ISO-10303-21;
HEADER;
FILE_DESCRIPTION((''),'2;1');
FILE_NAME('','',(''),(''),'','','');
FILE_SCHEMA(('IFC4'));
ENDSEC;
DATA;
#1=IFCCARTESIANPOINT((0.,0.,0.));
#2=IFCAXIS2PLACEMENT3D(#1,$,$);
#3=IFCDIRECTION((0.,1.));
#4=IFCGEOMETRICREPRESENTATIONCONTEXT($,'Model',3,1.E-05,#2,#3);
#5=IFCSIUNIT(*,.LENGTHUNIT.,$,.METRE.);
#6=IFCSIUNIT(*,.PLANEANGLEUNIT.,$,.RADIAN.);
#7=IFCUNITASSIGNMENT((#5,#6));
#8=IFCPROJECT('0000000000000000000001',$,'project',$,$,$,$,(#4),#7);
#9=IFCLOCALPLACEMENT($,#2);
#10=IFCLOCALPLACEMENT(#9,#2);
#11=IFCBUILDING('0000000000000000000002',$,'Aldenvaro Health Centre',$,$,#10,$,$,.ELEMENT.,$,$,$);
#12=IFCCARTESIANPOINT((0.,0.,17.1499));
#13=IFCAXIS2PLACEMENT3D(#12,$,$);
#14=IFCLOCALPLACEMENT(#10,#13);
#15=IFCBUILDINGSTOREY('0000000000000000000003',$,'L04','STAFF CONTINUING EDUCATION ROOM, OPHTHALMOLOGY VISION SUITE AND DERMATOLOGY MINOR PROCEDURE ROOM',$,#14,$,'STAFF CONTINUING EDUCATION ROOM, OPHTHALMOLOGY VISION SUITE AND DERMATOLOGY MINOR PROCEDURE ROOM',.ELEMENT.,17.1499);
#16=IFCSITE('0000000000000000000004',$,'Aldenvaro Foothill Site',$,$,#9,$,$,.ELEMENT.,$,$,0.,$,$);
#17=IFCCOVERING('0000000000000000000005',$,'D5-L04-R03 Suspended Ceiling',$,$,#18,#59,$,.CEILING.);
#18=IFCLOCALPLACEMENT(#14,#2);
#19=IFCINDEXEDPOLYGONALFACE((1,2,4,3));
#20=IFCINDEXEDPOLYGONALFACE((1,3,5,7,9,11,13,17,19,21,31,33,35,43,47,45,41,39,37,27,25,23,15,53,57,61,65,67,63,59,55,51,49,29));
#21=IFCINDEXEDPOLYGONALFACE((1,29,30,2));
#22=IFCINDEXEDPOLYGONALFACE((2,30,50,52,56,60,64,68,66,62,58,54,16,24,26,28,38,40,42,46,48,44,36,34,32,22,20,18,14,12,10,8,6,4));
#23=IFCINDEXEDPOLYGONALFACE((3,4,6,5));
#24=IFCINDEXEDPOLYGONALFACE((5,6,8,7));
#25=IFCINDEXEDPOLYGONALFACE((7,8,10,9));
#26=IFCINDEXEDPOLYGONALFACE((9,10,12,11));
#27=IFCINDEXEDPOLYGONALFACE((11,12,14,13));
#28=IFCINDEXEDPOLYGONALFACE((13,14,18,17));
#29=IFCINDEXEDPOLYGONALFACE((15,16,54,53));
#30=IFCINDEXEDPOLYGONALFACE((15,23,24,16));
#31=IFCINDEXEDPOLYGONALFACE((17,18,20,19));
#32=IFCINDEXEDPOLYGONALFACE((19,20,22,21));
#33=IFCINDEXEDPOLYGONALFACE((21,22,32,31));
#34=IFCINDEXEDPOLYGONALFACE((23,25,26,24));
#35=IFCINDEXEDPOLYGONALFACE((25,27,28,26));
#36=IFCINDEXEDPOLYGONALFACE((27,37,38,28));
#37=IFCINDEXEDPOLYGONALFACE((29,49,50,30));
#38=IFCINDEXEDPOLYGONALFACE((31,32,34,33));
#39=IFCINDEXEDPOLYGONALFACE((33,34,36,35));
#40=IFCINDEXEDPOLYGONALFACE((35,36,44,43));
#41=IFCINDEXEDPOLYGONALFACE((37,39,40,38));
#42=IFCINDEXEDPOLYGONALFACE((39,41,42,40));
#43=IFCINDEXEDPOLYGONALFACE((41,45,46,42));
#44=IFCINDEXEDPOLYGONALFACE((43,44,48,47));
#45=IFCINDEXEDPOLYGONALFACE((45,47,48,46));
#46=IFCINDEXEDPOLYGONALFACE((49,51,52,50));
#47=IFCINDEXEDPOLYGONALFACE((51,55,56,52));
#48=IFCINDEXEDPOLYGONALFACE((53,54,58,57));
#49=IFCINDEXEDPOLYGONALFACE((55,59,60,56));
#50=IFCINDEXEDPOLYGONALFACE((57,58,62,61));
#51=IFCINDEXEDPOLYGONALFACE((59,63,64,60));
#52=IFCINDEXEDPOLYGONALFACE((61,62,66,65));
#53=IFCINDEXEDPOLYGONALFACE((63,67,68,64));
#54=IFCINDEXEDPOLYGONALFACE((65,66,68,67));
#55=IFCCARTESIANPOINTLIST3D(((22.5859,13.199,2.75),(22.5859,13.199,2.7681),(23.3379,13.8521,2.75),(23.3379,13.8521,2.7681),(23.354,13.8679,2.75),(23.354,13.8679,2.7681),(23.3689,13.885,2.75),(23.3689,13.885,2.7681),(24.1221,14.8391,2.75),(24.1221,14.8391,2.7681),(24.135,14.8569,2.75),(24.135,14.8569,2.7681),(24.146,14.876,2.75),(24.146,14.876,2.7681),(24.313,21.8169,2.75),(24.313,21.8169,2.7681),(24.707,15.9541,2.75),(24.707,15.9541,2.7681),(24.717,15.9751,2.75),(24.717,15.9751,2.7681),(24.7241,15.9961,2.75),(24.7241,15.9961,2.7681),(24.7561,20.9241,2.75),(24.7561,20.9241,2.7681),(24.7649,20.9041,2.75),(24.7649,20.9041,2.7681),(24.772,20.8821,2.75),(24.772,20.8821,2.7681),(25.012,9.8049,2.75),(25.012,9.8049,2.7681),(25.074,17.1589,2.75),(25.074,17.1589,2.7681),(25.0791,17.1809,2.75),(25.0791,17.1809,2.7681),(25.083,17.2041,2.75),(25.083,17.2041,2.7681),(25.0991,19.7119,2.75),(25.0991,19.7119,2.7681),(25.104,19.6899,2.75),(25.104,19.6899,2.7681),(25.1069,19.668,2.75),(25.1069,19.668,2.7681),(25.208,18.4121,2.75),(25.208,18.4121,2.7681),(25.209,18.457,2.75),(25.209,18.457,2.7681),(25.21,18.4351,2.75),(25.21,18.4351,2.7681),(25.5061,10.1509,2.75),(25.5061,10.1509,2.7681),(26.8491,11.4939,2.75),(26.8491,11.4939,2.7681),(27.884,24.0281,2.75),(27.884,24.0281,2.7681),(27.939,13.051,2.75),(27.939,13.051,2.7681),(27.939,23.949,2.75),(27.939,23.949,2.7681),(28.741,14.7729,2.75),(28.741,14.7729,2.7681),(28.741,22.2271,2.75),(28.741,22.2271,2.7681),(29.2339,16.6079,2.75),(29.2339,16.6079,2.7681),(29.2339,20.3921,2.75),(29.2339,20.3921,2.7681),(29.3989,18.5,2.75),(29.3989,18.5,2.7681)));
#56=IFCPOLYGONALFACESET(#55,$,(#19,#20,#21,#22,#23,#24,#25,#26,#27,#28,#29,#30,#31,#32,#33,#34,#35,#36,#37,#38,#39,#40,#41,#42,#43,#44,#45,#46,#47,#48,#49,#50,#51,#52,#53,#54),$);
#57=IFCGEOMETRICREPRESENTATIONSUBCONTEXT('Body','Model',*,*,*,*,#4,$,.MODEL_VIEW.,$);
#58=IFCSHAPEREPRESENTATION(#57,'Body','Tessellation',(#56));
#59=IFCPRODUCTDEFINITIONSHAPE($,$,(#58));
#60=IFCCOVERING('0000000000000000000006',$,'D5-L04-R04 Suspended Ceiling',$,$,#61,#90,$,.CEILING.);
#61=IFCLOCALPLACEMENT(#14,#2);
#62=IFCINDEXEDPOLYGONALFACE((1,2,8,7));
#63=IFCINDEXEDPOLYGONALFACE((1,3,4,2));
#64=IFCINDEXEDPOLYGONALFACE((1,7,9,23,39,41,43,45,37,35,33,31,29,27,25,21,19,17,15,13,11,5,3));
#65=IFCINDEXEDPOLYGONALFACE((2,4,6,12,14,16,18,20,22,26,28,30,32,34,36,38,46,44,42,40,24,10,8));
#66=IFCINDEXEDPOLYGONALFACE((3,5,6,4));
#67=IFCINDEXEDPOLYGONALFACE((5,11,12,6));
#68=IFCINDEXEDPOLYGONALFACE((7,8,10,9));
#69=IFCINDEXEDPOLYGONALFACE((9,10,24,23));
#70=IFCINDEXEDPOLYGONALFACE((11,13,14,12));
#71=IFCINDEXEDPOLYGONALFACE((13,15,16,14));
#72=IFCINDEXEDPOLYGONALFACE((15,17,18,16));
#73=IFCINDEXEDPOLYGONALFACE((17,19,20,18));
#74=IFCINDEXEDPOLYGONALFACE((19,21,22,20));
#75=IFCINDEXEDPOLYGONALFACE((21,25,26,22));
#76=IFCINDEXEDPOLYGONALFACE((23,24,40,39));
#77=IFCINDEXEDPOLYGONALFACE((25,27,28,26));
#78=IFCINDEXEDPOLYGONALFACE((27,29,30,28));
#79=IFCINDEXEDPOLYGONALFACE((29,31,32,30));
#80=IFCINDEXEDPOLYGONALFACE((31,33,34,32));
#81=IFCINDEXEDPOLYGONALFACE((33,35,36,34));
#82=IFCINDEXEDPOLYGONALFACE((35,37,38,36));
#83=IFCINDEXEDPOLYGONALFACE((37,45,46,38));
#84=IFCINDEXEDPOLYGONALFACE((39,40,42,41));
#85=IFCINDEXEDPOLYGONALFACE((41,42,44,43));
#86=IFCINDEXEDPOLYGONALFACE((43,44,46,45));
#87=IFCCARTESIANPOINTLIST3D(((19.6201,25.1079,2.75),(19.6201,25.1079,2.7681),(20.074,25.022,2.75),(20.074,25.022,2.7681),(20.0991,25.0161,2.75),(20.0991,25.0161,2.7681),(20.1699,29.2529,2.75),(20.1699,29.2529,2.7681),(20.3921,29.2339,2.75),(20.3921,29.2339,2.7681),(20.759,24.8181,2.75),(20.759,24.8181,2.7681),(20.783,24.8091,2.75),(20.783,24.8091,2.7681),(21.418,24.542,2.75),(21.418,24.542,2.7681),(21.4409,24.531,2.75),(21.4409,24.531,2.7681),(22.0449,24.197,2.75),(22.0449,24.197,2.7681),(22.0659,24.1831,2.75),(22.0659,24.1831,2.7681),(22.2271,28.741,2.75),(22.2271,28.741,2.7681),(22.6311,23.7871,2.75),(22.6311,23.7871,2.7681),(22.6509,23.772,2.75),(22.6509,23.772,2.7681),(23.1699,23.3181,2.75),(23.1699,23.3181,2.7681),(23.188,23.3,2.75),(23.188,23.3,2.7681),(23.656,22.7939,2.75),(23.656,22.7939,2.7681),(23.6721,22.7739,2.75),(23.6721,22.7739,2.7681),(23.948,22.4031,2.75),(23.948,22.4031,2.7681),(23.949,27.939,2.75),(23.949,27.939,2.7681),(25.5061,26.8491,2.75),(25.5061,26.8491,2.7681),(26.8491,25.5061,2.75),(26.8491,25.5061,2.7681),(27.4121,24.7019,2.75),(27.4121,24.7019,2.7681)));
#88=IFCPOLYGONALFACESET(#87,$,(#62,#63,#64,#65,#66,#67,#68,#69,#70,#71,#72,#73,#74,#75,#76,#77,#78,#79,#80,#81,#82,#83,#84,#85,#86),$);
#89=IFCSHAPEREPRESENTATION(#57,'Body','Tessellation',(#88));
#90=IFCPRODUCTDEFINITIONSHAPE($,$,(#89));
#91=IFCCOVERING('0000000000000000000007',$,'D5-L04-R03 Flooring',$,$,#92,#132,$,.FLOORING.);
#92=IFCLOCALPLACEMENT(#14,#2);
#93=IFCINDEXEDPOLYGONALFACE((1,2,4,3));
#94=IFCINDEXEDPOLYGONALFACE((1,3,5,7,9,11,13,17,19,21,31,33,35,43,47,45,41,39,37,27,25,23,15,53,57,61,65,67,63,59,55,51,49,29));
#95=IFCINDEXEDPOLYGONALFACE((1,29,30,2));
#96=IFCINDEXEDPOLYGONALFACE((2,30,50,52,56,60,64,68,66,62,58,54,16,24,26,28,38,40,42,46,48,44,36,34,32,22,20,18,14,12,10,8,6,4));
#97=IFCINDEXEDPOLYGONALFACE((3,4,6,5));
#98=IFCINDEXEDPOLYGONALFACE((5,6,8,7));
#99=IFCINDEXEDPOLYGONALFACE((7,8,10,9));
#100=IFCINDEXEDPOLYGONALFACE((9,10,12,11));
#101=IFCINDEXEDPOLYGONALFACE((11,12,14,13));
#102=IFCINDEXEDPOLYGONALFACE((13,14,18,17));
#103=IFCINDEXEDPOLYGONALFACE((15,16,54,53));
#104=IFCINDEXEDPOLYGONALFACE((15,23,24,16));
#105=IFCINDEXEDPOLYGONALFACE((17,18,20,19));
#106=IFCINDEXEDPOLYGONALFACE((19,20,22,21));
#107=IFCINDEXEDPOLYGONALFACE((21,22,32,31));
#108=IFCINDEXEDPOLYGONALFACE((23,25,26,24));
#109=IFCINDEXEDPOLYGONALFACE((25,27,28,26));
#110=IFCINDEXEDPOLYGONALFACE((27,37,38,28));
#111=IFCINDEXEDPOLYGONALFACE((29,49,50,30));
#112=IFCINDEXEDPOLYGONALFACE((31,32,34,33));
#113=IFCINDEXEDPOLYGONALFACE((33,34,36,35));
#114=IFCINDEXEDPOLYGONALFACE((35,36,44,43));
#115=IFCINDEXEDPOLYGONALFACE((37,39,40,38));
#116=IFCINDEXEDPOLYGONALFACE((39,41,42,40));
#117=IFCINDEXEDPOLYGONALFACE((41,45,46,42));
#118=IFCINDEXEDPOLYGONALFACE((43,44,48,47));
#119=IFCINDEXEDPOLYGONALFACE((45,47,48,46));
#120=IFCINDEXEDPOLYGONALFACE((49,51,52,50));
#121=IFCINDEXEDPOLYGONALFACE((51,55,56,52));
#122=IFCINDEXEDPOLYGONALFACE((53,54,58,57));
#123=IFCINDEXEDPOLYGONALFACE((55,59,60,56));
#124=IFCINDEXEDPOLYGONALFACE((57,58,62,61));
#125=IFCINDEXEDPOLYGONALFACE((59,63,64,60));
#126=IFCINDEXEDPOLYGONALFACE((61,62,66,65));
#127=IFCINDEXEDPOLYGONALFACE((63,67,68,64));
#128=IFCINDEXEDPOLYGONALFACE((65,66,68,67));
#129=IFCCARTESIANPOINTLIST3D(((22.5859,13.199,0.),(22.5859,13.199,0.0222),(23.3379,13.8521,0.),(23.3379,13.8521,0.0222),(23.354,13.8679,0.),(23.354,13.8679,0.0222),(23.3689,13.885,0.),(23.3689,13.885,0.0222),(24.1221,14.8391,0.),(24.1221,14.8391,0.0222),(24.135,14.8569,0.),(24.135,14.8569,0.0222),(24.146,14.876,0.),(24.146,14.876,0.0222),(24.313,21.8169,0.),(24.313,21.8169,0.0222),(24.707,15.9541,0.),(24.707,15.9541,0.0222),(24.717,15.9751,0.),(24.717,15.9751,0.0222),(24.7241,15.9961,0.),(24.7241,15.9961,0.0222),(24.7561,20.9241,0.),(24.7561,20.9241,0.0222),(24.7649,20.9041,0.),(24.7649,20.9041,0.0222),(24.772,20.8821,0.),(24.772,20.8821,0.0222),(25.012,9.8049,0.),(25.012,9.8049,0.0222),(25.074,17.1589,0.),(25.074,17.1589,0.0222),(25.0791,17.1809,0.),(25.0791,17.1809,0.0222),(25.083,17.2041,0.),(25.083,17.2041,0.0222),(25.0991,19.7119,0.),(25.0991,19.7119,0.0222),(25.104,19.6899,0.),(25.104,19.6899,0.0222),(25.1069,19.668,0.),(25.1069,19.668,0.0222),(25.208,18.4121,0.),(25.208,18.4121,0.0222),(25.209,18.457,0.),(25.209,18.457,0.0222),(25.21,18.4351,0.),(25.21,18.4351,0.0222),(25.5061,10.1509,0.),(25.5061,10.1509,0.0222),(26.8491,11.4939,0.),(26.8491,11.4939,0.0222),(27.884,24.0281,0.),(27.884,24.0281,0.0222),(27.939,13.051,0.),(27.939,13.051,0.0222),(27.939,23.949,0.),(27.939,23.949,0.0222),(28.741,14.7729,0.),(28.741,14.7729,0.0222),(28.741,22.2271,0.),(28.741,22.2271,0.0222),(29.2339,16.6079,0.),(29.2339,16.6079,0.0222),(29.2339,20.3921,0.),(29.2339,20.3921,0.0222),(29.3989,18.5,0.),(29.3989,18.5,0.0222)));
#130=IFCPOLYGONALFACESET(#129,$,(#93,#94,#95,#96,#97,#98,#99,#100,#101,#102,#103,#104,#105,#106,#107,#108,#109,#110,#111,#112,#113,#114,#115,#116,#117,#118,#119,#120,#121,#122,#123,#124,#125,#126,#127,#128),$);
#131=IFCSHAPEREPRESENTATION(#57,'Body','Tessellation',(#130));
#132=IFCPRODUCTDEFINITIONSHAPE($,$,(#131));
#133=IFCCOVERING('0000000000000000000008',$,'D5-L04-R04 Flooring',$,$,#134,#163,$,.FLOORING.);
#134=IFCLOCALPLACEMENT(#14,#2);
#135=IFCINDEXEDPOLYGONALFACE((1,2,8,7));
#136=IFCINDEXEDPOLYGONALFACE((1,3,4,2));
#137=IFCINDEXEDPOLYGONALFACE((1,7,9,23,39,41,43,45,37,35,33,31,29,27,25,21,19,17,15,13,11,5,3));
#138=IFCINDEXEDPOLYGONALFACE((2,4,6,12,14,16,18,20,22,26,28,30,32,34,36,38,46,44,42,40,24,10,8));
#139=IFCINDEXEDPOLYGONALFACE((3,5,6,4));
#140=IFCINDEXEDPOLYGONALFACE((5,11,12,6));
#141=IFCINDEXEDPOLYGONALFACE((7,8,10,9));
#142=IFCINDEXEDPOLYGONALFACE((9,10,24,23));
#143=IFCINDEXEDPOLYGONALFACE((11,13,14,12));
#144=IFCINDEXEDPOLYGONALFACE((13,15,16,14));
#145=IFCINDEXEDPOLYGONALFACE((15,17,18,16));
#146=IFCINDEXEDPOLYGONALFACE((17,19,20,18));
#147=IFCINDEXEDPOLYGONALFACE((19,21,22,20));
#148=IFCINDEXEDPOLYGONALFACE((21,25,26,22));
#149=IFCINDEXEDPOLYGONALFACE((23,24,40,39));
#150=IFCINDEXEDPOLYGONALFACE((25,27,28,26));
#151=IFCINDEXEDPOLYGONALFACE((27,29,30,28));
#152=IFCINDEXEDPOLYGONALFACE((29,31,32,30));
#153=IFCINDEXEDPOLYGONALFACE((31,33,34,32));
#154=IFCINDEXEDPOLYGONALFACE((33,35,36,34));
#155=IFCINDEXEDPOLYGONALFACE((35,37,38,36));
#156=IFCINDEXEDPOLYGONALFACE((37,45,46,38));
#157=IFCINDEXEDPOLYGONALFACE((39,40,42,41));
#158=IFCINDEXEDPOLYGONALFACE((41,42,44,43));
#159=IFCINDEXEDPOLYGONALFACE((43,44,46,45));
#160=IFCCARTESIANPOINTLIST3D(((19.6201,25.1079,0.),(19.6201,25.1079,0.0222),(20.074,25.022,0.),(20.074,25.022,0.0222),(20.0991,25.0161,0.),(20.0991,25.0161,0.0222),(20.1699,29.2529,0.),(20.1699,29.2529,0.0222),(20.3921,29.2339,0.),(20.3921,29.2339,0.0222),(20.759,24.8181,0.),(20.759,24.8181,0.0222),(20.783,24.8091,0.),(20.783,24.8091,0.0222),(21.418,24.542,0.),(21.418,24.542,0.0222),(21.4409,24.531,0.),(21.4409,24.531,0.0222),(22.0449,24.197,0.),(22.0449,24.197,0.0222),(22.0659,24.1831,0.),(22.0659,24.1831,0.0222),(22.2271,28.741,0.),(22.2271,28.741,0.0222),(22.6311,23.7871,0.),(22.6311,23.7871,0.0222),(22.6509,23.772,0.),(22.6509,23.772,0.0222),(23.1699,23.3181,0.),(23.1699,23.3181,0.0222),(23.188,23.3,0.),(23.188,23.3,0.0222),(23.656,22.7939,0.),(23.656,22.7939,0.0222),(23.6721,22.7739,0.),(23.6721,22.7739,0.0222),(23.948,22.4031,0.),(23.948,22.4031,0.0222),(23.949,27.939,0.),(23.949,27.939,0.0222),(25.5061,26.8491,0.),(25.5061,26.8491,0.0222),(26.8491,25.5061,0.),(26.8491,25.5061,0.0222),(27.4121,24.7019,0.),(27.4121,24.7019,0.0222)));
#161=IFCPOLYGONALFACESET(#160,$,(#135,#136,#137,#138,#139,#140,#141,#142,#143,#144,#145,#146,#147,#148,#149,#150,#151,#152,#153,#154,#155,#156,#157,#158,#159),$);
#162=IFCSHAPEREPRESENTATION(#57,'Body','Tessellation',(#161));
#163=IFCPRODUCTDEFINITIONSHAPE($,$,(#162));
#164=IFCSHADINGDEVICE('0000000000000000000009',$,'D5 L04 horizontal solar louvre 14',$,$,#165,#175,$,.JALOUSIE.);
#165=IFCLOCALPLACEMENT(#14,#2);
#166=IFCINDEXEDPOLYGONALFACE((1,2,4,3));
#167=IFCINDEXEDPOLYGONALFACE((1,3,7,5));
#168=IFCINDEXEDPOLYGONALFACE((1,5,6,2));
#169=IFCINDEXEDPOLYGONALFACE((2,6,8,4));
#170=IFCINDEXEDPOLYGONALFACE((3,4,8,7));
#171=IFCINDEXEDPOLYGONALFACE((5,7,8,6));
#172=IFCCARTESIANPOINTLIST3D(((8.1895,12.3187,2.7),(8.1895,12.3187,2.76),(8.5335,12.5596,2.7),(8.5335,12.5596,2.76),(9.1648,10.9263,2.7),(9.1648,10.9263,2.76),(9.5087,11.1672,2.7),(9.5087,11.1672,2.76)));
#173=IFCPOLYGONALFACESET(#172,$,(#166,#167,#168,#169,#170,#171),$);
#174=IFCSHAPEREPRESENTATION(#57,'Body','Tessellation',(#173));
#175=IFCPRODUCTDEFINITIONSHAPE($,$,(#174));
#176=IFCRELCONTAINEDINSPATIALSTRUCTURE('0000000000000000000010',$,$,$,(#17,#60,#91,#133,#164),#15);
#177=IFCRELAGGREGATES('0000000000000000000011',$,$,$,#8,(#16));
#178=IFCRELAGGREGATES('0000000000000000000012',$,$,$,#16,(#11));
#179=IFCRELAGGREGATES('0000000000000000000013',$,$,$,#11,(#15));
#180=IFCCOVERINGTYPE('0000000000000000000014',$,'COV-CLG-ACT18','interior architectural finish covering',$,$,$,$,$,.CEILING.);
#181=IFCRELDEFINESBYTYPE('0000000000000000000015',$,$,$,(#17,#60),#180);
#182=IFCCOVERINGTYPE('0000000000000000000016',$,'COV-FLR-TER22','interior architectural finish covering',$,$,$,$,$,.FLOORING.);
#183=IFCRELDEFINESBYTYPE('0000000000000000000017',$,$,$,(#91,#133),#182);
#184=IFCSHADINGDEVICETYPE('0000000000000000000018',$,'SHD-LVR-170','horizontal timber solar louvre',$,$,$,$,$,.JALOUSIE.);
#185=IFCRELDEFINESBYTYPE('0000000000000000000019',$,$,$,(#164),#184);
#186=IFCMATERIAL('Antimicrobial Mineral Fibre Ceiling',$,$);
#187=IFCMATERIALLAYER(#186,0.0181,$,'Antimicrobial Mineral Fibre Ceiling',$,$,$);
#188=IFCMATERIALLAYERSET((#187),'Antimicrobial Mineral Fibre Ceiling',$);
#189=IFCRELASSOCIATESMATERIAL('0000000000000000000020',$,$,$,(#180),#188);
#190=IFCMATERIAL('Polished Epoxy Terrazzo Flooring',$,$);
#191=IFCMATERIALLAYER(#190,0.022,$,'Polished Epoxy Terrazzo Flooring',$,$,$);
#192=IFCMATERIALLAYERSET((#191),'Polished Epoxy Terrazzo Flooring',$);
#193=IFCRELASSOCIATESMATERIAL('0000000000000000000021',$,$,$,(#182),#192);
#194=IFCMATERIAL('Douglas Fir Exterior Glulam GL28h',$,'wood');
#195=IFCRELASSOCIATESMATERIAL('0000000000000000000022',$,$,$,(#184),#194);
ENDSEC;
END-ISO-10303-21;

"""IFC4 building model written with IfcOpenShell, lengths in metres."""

from ifc_helpers import new_model, si_unit, direction, frame, origin, origin_2d, place, context, subcontext, project, spatial, polyline, rectangle, outline, extrude, material, layer, layer_set, type_object, element, save


model = new_model("IFC4")

# Units and contexts
model_context = context("Model", 3, precision=1e-05, world=origin(), true_north=direction((0.0, 1.0)))
body_context = subcontext(model_context, "Body", "Model", "MODEL_VIEW")
ifc_project = project(units=[si_unit("LENGTHUNIT", "METRE"), si_unit("PLANEANGLEUNIT", "RADIAN")], contexts=[model_context])

# Site, building, storey
site_placement = place(None, origin())
site = spatial("IfcSite", under=ifc_project, at=site_placement, Name="Aldenvaro Foothill Site", CompositionType="ELEMENT", RefElevation=0.0)
building_placement = place(site_placement, origin())
building = spatial("IfcBuilding", under=site, at=building_placement, Name="Aldenvaro Health Centre", CompositionType="ELEMENT")
storey_placement = place(building_placement, frame((0.0, 0.0, 17.1499)))
storey = spatial("IfcBuildingStorey", under=building, at=storey_placement, Name="L04", Description="STAFF CONTINUING EDUCATION ROOM, OPHTHALMOLOGY VISION SUITE AND DERMATOLOGY MINOR PROCEDURE ROOM", LongName="STAFF CONTINUING EDUCATION ROOM, OPHTHALMOLOGY VISION SUITE AND DERMATOLOGY MINOR PROCEDURE ROOM", CompositionType="ELEMENT", Elevation=17.1499)

# Coverings
ifc_material_1 = material(Name="Antimicrobial Mineral Fibre Ceiling")
ifc_layer_1 = layer(ifc_material_1, 0.0181, Name="Antimicrobial Mineral Fibre Ceiling")
ifc_layer_set_1 = layer_set([ifc_layer_1], Name="Antimicrobial Mineral Fibre Ceiling")
covering_type_1 = type_object("IfcCoveringType", Name="COV-CLG-ACT18", Description="interior architectural finish covering", PredefinedType="CEILING", material=ifc_layer_set_1)
covering_1_placement = place(storey_placement, frame((0.0, 0.0, 2.75)))
element("IfcCovering", 1, at=covering_1_placement, inside=storey, type_object=covering_type_1, Name="D5-L04-R03 Suspended Ceiling", PredefinedType="CEILING", context=body_context, shape_type="SweptSolid", body=[
    extrude(outline(polyline([(23.3379, 13.8521), (23.354, 13.8679), (23.3689, 13.885), (24.1221, 14.8391), (24.135, 14.8569), (24.146, 14.876), (24.707, 15.9541), (24.717, 15.9751), (24.7241, 15.9961), (25.074, 17.1589), (25.0791, 17.1809), (25.083, 17.2041), (25.208, 18.4121), (25.21, 18.4351), (25.209, 18.457), (25.1069, 19.668), (25.104, 19.6899), (25.0991, 19.7119), (24.772, 20.8821), (24.7649, 20.9041), (24.7561, 20.9241), (24.313, 21.8169), (27.884, 24.0281), (27.939, 23.949), (28.741, 22.2271), (29.2339, 20.3921), (29.3989, 18.5), (29.2339, 16.6079), (28.741, 14.7729), (27.939, 13.051), (26.8491, 11.4939), (25.5061, 10.1509), (25.012, 9.8049), (22.5859, 13.199), (23.3379, 13.8521)])), origin(), (0.0, 0.0, 1.0), 0.0181),
])
covering_2_placement = place(storey_placement, frame((0.0, 0.0, 2.75)))
element("IfcCovering", 2, at=covering_2_placement, inside=storey, type_object=covering_type_1, Name="D5-L04-R04 Suspended Ceiling", PredefinedType="CEILING", context=body_context, shape_type="SweptSolid", body=[
    extrude(outline(polyline([(23.6721, 22.7739), (23.656, 22.7939), (23.188, 23.3), (23.1699, 23.3181), (22.6509, 23.772), (22.6311, 23.7871), (22.0659, 24.1831), (22.0449, 24.197), (21.4409, 24.531), (21.418, 24.542), (20.783, 24.8091), (20.759, 24.8181), (20.0991, 25.0161), (20.074, 25.022), (19.6201, 25.1079), (20.1699, 29.2529), (20.3921, 29.2339), (22.2271, 28.741), (23.949, 27.939), (25.5061, 26.8491), (26.8491, 25.5061), (27.4121, 24.7019), (23.948, 22.4031), (23.6721, 22.7739)])), origin(), (0.0, 0.0, 1.0), 0.0181),
])
ifc_material_2 = material(Name="Polished Epoxy Terrazzo Flooring")
ifc_layer_2 = layer(ifc_material_2, 0.022, Name="Polished Epoxy Terrazzo Flooring")
ifc_layer_set_2 = layer_set([ifc_layer_2], Name="Polished Epoxy Terrazzo Flooring")
covering_type_2 = type_object("IfcCoveringType", Name="COV-FLR-TER22", Description="interior architectural finish covering", PredefinedType="FLOORING", material=ifc_layer_set_2)
covering_3_placement = place(storey_placement, origin())
element("IfcCovering", 3, at=covering_3_placement, inside=storey, type_object=covering_type_2, Name="D5-L04-R03 Flooring", PredefinedType="FLOORING", context=body_context, shape_type="SweptSolid", body=[
    extrude(outline(polyline([(23.3379, 13.8521), (23.354, 13.8679), (23.3689, 13.885), (24.1221, 14.8391), (24.135, 14.8569), (24.146, 14.876), (24.707, 15.9541), (24.717, 15.9751), (24.7241, 15.9961), (25.074, 17.1589), (25.0791, 17.1809), (25.083, 17.2041), (25.208, 18.4121), (25.21, 18.4351), (25.209, 18.457), (25.1069, 19.668), (25.104, 19.6899), (25.0991, 19.7119), (24.772, 20.8821), (24.7649, 20.9041), (24.7561, 20.9241), (24.313, 21.8169), (27.884, 24.0281), (27.939, 23.949), (28.741, 22.2271), (29.2339, 20.3921), (29.3989, 18.5), (29.2339, 16.6079), (28.741, 14.7729), (27.939, 13.051), (26.8491, 11.4939), (25.5061, 10.1509), (25.012, 9.8049), (22.5859, 13.199), (23.3379, 13.8521)])), origin(), (0.0, 0.0, 1.0), 0.0222),
])
covering_4_placement = place(storey_placement, origin())
element("IfcCovering", 4, at=covering_4_placement, inside=storey, type_object=covering_type_2, Name="D5-L04-R04 Flooring", PredefinedType="FLOORING", context=body_context, shape_type="SweptSolid", body=[
    extrude(outline(polyline([(23.6721, 22.7739), (23.656, 22.7939), (23.188, 23.3), (23.1699, 23.3181), (22.6509, 23.772), (22.6311, 23.7871), (22.0659, 24.1831), (22.0449, 24.197), (21.4409, 24.531), (21.418, 24.542), (20.783, 24.8091), (20.759, 24.8181), (20.0991, 25.0161), (20.074, 25.022), (19.6201, 25.1079), (20.1699, 29.2529), (20.3921, 29.2339), (22.2271, 28.741), (23.949, 27.939), (25.5061, 26.8491), (26.8491, 25.5061), (27.4121, 24.7019), (23.948, 22.4031), (23.6721, 22.7739)])), origin(), (0.0, 0.0, 1.0), 0.0222),
])

# Shading device
ifc_material_3 = material(Name="Douglas Fir Exterior Glulam GL28h", Category="wood")
shading_device_type_1 = type_object("IfcShadingDeviceType", Name="SHD-LVR-170", Description="horizontal timber solar louvre", PredefinedType="JALOUSIE", material=ifc_material_3)
shading_device_1_placement = place(storey_placement, frame((8.8491, 11.7429, 2.7), z_axis=(0.0, 0.0, 1.0), x_axis=(-0.573697, 0.819068, 0.0)))
element("IfcShadingDevice", 5, at=shading_device_1_placement, inside=storey, type_object=shading_device_type_1, Name="D5 L04 horizontal solar louvre 14", PredefinedType="JALOUSIE", context=body_context, shape_type="SweptSolid", body=[
    extrude(rectangle(XDim=1.7, YDim=0.4199, at=origin_2d()), origin(), (0.0, 0.0, 1.0), 0.0601),
])

save(model, "model.ifc")
